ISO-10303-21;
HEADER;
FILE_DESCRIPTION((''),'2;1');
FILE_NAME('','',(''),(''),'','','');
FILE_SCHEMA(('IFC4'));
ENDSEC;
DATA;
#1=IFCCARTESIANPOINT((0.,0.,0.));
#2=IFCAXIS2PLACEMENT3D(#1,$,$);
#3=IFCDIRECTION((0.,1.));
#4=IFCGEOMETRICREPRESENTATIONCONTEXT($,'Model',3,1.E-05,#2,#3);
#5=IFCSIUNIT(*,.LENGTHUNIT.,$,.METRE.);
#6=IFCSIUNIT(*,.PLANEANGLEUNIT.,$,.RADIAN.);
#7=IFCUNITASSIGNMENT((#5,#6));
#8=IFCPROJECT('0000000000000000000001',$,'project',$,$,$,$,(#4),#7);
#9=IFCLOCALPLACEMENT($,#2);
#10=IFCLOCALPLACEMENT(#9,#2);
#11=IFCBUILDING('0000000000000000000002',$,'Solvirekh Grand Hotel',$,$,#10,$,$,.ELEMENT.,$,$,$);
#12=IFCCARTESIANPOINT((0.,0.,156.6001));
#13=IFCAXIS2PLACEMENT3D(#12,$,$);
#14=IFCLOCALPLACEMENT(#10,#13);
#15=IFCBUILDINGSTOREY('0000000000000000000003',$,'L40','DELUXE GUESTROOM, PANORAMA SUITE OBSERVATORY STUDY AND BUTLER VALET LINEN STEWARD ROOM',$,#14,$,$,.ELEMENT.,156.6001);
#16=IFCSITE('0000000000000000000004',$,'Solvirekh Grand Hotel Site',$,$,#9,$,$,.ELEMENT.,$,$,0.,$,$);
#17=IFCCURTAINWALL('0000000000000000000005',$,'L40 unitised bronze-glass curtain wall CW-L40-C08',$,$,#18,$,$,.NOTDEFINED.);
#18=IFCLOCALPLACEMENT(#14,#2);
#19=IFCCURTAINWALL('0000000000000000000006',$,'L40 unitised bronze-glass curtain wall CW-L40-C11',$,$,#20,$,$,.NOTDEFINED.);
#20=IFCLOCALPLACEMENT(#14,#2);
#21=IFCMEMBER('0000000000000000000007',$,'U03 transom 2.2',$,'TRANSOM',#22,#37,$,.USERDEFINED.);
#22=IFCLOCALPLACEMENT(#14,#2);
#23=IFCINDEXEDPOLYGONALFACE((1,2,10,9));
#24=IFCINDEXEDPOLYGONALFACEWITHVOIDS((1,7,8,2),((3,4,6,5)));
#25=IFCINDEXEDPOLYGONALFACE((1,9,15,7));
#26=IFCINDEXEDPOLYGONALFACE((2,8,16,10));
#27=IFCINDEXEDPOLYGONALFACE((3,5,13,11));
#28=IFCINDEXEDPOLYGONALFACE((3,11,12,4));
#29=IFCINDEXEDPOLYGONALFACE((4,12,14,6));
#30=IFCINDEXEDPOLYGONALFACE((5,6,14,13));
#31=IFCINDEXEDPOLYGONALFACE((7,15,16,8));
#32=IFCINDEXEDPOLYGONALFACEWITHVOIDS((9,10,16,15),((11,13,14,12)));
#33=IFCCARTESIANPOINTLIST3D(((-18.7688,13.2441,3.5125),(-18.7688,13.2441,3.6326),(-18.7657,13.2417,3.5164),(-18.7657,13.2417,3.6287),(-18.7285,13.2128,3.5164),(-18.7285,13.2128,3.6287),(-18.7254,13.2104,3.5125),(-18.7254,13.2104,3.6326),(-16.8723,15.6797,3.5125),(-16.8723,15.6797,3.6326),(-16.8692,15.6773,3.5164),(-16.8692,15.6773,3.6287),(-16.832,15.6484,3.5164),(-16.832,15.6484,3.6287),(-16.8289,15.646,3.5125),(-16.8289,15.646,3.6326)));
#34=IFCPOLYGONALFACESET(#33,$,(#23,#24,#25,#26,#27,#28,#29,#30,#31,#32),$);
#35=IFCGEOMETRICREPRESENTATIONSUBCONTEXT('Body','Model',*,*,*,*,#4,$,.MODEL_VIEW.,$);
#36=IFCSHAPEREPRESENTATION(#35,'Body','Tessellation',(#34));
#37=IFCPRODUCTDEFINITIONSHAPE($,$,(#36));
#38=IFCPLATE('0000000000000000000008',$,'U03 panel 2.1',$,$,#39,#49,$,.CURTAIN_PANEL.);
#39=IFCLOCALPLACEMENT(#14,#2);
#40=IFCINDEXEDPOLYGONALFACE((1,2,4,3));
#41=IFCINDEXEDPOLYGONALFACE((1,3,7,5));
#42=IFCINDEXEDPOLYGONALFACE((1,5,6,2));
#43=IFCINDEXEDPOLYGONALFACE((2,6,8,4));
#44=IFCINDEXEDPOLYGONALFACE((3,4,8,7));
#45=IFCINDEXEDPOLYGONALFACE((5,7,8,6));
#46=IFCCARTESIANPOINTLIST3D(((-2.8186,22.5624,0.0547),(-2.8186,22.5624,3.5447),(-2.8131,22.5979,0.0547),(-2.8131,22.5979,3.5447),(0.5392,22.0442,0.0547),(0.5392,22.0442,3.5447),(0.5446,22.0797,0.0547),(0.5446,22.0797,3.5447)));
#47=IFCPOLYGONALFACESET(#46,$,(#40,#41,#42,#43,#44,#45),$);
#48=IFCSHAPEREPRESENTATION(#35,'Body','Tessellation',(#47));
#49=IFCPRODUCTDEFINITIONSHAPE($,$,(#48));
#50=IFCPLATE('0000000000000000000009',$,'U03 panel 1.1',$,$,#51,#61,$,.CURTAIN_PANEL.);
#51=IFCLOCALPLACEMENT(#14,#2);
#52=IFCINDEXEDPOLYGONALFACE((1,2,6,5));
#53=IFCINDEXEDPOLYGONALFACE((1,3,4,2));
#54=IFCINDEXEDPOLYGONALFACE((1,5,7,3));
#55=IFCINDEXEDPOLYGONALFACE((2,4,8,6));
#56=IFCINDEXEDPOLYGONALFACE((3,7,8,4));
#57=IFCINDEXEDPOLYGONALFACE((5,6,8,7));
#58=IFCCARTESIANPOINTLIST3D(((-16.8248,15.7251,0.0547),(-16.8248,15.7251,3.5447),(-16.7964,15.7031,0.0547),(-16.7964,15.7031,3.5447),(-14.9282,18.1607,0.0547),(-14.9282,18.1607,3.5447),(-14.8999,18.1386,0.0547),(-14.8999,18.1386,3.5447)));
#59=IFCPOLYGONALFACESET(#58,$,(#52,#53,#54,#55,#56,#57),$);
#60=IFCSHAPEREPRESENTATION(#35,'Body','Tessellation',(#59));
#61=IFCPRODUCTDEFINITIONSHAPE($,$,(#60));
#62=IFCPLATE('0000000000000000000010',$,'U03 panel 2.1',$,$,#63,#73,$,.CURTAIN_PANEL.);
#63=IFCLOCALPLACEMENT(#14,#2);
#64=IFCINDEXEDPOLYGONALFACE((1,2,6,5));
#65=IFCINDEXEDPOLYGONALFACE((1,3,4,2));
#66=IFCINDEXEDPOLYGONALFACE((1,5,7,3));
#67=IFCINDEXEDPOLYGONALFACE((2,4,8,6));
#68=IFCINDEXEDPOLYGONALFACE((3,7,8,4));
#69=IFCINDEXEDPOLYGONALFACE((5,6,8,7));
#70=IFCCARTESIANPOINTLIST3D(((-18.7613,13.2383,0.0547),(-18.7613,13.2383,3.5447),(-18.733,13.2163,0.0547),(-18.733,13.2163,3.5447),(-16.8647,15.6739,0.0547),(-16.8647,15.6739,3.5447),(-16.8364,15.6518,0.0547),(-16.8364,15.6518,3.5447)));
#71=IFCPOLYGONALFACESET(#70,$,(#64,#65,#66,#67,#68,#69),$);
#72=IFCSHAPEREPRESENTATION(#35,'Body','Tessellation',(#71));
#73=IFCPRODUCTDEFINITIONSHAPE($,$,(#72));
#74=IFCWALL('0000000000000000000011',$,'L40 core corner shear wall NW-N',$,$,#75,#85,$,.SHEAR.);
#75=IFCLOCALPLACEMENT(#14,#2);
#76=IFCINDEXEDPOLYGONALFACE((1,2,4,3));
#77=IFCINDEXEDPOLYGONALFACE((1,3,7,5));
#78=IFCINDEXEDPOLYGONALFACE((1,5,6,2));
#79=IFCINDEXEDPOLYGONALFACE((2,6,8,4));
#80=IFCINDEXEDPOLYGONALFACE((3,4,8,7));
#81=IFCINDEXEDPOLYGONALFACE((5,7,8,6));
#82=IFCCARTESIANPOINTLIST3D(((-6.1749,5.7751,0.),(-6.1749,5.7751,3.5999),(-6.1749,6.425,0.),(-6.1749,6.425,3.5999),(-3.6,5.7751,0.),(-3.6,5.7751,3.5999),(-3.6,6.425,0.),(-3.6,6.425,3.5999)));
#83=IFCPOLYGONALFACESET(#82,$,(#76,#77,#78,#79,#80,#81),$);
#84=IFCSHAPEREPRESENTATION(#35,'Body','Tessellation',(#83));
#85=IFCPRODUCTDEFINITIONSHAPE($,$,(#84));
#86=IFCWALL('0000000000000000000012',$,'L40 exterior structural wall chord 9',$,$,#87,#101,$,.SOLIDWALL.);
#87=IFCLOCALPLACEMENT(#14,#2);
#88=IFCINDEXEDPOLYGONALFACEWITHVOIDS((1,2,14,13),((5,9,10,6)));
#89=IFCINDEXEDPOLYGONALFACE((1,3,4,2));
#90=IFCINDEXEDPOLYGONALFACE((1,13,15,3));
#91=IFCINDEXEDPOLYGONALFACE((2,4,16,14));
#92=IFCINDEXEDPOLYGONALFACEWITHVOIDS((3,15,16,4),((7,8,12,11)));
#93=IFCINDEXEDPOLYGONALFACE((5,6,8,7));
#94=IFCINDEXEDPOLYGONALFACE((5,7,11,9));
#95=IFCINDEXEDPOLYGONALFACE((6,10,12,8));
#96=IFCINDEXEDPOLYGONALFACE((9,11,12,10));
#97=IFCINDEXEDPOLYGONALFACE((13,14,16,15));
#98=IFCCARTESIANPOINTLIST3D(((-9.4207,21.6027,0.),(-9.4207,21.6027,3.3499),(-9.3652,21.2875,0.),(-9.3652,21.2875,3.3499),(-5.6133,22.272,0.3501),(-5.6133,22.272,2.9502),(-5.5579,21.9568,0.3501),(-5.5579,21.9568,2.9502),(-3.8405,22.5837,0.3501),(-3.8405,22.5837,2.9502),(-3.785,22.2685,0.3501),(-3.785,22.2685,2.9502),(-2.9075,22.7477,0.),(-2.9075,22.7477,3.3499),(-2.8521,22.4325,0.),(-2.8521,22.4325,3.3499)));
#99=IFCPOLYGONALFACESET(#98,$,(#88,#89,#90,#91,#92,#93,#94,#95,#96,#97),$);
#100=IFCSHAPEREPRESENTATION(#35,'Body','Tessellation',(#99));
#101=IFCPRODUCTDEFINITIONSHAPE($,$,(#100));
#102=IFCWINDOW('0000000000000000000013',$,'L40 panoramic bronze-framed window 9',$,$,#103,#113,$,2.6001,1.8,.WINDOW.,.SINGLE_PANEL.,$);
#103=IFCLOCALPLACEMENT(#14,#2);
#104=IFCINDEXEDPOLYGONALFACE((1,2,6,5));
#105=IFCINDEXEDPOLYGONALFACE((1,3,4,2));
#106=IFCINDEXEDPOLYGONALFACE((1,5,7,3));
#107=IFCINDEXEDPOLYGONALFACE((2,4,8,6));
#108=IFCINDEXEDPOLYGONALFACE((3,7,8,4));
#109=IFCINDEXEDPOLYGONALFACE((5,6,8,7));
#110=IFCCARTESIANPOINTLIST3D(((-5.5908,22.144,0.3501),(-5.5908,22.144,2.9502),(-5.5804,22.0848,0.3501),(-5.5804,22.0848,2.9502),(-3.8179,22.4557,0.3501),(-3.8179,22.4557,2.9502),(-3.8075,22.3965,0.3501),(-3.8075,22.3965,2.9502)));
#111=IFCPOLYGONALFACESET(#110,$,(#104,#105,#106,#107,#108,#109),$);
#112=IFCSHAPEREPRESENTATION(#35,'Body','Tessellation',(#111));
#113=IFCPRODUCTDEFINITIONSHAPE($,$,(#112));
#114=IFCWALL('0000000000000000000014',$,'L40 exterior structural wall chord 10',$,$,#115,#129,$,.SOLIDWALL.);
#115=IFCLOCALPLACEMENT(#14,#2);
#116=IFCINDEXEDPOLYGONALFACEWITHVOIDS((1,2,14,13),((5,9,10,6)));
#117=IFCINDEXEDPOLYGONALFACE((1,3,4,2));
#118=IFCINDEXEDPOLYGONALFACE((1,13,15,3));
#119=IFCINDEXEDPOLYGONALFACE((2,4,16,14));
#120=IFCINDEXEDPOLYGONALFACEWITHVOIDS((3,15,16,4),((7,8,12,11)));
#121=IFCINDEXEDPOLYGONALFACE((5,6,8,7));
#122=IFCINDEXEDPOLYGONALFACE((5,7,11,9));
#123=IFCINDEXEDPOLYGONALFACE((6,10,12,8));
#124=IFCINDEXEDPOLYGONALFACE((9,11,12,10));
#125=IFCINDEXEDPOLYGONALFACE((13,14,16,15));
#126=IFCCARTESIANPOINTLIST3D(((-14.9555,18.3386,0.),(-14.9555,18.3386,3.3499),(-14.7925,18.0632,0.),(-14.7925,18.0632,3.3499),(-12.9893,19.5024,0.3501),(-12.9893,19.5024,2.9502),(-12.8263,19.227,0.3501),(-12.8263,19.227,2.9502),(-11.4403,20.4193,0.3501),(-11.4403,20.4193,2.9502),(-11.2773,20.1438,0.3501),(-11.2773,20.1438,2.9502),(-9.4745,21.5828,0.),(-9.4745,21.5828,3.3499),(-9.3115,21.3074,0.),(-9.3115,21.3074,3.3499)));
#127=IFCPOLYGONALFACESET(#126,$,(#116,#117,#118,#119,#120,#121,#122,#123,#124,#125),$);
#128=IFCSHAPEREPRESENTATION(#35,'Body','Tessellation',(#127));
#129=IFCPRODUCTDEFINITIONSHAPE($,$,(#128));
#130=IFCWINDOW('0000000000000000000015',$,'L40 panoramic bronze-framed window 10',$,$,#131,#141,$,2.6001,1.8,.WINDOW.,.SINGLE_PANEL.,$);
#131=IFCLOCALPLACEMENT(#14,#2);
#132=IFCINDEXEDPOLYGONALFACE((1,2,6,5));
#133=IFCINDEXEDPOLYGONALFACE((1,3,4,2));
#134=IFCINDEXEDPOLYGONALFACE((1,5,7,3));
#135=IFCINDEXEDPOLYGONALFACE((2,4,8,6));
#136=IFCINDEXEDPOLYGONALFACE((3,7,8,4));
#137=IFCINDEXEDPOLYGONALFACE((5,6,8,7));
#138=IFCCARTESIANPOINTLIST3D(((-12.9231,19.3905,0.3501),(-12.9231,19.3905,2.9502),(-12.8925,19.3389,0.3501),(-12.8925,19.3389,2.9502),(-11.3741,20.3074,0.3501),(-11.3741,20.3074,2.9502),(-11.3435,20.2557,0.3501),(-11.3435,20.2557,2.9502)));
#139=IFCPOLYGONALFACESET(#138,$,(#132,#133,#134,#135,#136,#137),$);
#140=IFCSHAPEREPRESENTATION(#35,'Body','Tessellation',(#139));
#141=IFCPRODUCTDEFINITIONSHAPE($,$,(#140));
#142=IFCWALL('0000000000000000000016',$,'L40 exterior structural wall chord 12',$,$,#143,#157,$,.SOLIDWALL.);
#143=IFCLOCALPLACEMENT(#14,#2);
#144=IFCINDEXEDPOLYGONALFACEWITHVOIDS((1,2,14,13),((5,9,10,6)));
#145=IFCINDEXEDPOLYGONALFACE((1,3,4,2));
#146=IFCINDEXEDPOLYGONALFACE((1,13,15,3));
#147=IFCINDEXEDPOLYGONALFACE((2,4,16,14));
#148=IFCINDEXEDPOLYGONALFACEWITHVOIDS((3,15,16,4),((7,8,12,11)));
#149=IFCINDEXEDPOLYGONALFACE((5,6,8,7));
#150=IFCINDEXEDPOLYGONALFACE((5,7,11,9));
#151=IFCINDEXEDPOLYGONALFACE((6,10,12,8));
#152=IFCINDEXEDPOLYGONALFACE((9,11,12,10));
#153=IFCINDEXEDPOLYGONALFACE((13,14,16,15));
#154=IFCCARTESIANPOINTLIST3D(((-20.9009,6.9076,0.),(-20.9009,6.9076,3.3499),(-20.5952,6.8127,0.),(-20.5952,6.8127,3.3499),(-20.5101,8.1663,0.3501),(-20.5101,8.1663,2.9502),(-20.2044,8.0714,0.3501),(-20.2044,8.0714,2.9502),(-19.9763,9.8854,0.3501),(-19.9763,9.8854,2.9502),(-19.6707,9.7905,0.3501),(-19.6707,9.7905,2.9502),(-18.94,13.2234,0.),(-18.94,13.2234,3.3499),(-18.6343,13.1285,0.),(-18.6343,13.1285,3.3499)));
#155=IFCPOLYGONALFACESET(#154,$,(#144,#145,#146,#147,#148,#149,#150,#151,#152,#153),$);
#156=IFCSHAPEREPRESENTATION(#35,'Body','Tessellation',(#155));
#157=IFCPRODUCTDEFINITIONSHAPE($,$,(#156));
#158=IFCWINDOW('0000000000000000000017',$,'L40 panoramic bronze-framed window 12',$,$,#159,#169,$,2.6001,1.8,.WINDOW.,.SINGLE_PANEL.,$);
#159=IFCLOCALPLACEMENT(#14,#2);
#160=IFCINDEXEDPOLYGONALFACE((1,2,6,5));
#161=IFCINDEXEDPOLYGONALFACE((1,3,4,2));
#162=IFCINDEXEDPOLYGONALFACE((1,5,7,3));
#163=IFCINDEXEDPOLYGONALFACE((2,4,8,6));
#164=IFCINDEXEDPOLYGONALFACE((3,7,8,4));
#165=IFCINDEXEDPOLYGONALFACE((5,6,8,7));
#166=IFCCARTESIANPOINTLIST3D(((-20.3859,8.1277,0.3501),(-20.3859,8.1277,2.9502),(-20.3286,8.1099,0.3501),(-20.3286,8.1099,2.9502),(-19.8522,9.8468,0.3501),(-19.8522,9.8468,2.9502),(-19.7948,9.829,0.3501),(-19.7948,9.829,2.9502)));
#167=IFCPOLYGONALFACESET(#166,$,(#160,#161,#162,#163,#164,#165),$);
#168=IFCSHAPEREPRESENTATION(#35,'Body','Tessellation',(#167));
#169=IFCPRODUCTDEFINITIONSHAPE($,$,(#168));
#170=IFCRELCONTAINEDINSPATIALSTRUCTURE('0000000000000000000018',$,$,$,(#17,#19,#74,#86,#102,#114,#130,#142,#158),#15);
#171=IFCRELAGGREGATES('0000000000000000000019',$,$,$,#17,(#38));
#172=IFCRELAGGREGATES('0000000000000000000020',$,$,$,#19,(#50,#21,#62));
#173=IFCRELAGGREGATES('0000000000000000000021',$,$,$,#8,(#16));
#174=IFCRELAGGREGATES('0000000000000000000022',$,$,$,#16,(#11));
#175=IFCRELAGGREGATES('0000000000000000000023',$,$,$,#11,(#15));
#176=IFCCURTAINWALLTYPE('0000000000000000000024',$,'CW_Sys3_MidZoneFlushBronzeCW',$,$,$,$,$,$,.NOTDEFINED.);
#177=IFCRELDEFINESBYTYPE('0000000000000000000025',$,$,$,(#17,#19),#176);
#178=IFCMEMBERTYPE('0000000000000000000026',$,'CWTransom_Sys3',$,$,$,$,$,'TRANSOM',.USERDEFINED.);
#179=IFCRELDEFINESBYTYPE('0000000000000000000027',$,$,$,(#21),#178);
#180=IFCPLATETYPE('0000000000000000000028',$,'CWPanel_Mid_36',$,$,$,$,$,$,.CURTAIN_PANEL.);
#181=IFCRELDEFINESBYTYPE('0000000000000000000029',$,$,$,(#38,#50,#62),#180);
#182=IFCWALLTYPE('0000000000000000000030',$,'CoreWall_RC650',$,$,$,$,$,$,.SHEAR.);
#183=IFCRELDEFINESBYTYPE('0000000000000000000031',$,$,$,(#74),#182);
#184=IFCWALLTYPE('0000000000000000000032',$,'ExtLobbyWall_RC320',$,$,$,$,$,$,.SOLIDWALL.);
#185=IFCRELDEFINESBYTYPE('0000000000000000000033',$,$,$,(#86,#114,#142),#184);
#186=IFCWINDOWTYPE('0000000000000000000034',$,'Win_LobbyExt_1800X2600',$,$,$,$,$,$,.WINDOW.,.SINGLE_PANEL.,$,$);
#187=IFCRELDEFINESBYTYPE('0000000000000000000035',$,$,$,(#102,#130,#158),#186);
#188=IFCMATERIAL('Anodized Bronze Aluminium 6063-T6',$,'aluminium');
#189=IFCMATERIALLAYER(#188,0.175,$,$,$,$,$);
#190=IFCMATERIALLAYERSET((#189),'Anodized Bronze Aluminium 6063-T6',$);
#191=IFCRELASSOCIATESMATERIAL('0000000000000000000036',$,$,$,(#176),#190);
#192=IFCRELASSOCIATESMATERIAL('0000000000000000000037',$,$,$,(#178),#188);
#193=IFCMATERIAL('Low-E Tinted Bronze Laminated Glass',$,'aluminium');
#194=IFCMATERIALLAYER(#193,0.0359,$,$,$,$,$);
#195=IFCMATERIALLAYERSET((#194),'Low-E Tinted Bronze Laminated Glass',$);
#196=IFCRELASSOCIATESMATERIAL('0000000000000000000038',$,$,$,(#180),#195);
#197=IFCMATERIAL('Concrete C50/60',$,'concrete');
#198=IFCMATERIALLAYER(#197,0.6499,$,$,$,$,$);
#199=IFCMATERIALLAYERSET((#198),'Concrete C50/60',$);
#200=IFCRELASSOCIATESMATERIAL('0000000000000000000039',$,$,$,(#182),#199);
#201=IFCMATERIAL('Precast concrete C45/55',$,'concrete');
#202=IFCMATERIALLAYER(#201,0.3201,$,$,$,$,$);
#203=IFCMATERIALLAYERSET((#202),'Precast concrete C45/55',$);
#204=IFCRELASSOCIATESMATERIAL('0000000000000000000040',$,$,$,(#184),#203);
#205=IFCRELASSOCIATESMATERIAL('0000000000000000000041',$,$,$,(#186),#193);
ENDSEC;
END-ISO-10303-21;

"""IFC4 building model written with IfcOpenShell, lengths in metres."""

from ifc_helpers import new_model, si_unit, direction, frame, frame_2d, origin, origin_2d, place, context, subcontext, project, spatial, rectangle, hollow_rectangle, extrude, source, transform, mapped, material, layer, layer_set, material_profile, profile_set, type_object, element, fill, aggregate, save


model = new_model("IFC4")

# Units and contexts
model_context = context("Model", 3, precision=1e-05, world=origin(), true_north=direction((0.0, 1.0)))
body_context = subcontext(model_context, "Body", "Model", "MODEL_VIEW")
ifc_project = project(units=[si_unit("LENGTHUNIT", "METRE"), si_unit("PLANEANGLEUNIT", "RADIAN")], contexts=[model_context])

# Site, building, storey
site_placement = place(None, origin())
site = spatial("IfcSite", under=ifc_project, at=site_placement, Name="Solvirekh Grand Hotel Site", CompositionType="ELEMENT", RefElevation=0.0)
building_placement = place(site_placement, origin())
building = spatial("IfcBuilding", under=site, at=building_placement, Name="Solvirekh Grand Hotel", CompositionType="ELEMENT")
storey_placement = place(building_placement, frame((0.0, 0.0, 156.6001)))
storey = spatial("IfcBuildingStorey", under=building, at=storey_placement, Name="L40", Description="DELUXE GUESTROOM, PANORAMA SUITE OBSERVATORY STUDY AND BUTLER VALET LINEN STEWARD ROOM", CompositionType="ELEMENT", Elevation=156.6001)

# Shared definitions
ifc_material_1 = material(Name="Concrete C50/60", Category="concrete")

# Curtain wall
ifc_material_2 = material(Name="Anodized Bronze Aluminium 6063-T6", Category="aluminium")
ifc_layer_1 = layer(ifc_material_2, 0.175)
ifc_layer_set_1 = layer_set([ifc_layer_1], Name="Anodized Bronze Aluminium 6063-T6")
curtain_wall_type = type_object("IfcCurtainWallType", Name="CW_Sys3_MidZoneFlushBronzeCW", PredefinedType="NOTDEFINED", material=ifc_layer_set_1)
curtain_wall_1_placement = place(storey_placement, origin())
curtain_wall_1 = element("IfcCurtainWall", 1, at=curtain_wall_1_placement, inside=storey, type_object=curtain_wall_type, Name="L40 unitised bronze-glass curtain wall CW-L40-C08", PredefinedType="NOTDEFINED")

# Curtain wall
curtain_wall_2_placement = place(storey_placement, origin())
curtain_wall_2 = element("IfcCurtainWall", 2, at=curtain_wall_2_placement, inside=storey, type_object=curtain_wall_type, Name="L40 unitised bronze-glass curtain wall CW-L40-C11", PredefinedType="NOTDEFINED")
ifc_material_profile_1 = material_profile(ifc_material_2, hollow_rectangle(XDim=0.0549, YDim=0.1201, WallThickness=0.0039, at=origin_2d()), Name="ALU RHS 120X55X4")
ifc_profile_set_1 = profile_set([ifc_material_profile_1], Name="Anodized Bronze Aluminium 6063-T6")
member_type_1 = type_object("IfcMemberType", Name="CWTransom_Sys3", ElementType="TRANSOM", PredefinedType="USERDEFINED", material=ifc_profile_set_1)

# Member
shared_shape_1 = source(origin(), body_context, "Body", "SweptSolid", [
    extrude(hollow_rectangle(XDim=0.0549, YDim=0.1201, WallThickness=0.0039, at=origin_2d()), origin(), (0.0, 0.0, 1.0), 3.0869),
])
member_1_placement = place(storey_placement, frame((-16.8506, 15.6628, 3.5725), z_axis=(-0.614379, -0.789011, 0.0), x_axis=(0.789011, -0.614379, 0.0)))
member_1 = element("IfcMember", 3, at=member_1_placement, type_object=member_type_1, Name="U03 transom 2.2", ObjectType="TRANSOM", PredefinedType="USERDEFINED", context=body_context, shape_type="MappedRepresentation", body=[
    mapped(shared_shape_1, transform((0.0, 0.0, 0.0), x_axis=(1.0, 0.0, 0.0), y_axis=(0.0, 1.0, 0.0), z_axis=(0.0, 0.0, 1.0), scale=1.0)),
])

# Plates
ifc_material_3 = material(Name="Low-E Tinted Bronze Laminated Glass", Category="aluminium")
ifc_layer_2 = layer(ifc_material_3, 0.0359)
ifc_layer_set_2 = layer_set([ifc_layer_2], Name="Low-E Tinted Bronze Laminated Glass")
plate_type = type_object("IfcPlateType", Name="CWPanel_Mid_36", PredefinedType="CURTAIN_PANEL", material=ifc_layer_set_2)
shared_shape_2 = source(origin(), body_context, "Body", "SweptSolid", [
    extrude(rectangle(XDim=3.3975, YDim=0.0359, at=origin_2d()), origin(), (0.0, 0.0, 1.0), 3.49),
])
plate_1_placement = place(storey_placement, frame((-1.137, 22.321, 0.0547), z_axis=(0.0, 0.0, 1.0), x_axis=(-0.988302, 0.152509, 0.0)))
plate_1 = element("IfcPlate", 4, at=plate_1_placement, type_object=plate_type, Name="U03 panel 2.1", PredefinedType="CURTAIN_PANEL", context=body_context, shape_type="MappedRepresentation", body=[
    mapped(shared_shape_2, transform((0.0, 0.0, 0.0), x_axis=(1.0, 0.0, 0.0), y_axis=(0.0, 1.0, 0.0), z_axis=(0.0, 0.0, 1.0), scale=1.0)),
])
aggregate(curtain_wall_1, [plate_1])
shared_shape_3 = source(origin(), body_context, "Body", "SweptSolid", [
    extrude(rectangle(XDim=3.0869, YDim=0.0359, at=origin_2d()), origin(), (0.0, 0.0, 1.0), 3.49),
])
plate_2_placement = place(storey_placement, frame((-15.8623, 16.9319, 0.0547), z_axis=(0.0, 0.0, 1.0), x_axis=(-0.614397, -0.788997, 0.0)))
plate_2 = element("IfcPlate", 5, at=plate_2_placement, type_object=plate_type, Name="U03 panel 1.1", PredefinedType="CURTAIN_PANEL", context=body_context, shape_type="MappedRepresentation", body=[
    mapped(shared_shape_3, transform((0.0, 0.0, 0.0), x_axis=(1.0, 0.0, 0.0), y_axis=(0.0, 1.0, 0.0), z_axis=(0.0, 0.0, 1.0), scale=1.0)),
])
plate_3_placement = place(storey_placement, frame((-17.7988, 14.4451, 0.0547), z_axis=(0.0, 0.0, 1.0), x_axis=(-0.614397, -0.788997, 0.0)))
plate_3 = element("IfcPlate", 6, at=plate_3_placement, type_object=plate_type, Name="U03 panel 2.1", PredefinedType="CURTAIN_PANEL", context=body_context, shape_type="MappedRepresentation", body=[
    mapped(shared_shape_3, transform((0.0, 0.0, 0.0), x_axis=(1.0, 0.0, 0.0), y_axis=(0.0, 1.0, 0.0), z_axis=(0.0, 0.0, 1.0), scale=1.0)),
])
aggregate(curtain_wall_2, [plate_2, member_1, plate_3])

# Wall
ifc_layer_3 = layer(ifc_material_1, 0.6499)
ifc_layer_set_3 = layer_set([ifc_layer_3], Name="Concrete C50/60")
wall_type_1 = type_object("IfcWallType", Name="CoreWall_RC650", PredefinedType="SHEAR", material=ifc_layer_set_3)
wall_1_placement = place(storey_placement, frame((-6.175, 6.1001, 0.0), z_axis=(0.0, 0.0, 1.0), x_axis=(1.0, 0.0, 0.0)))
element("IfcWall", 7, at=wall_1_placement, inside=storey, type_object=wall_type_1, Name="L40 core corner shear wall NW-N", PredefinedType="SHEAR", context=body_context, shape_type="SweptSolid", body=[
    extrude(rectangle(XDim=2.575, YDim=0.6499, at=frame_2d((1.2876, 0.0))), origin(), (0.0, 0.0, 1.0), 3.5999),
])

# Walls, openings, windows
ifc_material_4 = material(Name="Precast concrete C45/55", Category="concrete")
ifc_layer_4 = layer(ifc_material_4, 0.3201)
ifc_layer_set_4 = layer_set([ifc_layer_4], Name="Precast concrete C45/55")
wall_type_2 = type_object("IfcWallType", Name="ExtLobbyWall_RC320", PredefinedType="SOLIDWALL", material=ifc_layer_set_4)
wall_2_placement = place(storey_placement, frame((-9.3931, 21.4451, 0.0), z_axis=(0.0, 0.0, 1.0), x_axis=(0.984896, 0.173145, 0.0)))
wall_2 = element("IfcWall", 8, at=wall_2_placement, inside=storey, type_object=wall_type_2, Name="L40 exterior structural wall chord 9", PredefinedType="SOLIDWALL", context=body_context, shape_type="SweptSolid", body=[
    extrude(rectangle(XDim=6.613, YDim=0.3201, at=frame_2d((3.3066, 0.0))), origin(), (0.0, 0.0, 1.0), 3.3499),
])
opening_1_placement = place(wall_2_placement, frame((3.866, 0.0, 0.3501)))
opening_1 = element("IfcOpeningElement", 9, at=opening_1_placement, cuts=wall_2, PredefinedType="OPENING", context=body_context, shape_type="SweptSolid", body=[
    extrude(rectangle(XDim=1.8, YDim=2.6001, at=frame_2d((0.8999, 1.3))), frame((0.0, 0.1699, 0.0), z_axis=(0.0, -1.0, 0.0), x_axis=(1.0, 0.0, 0.0)), (0.0, 0.0, 1.0), 0.3401),
])
window_type = type_object("IfcWindowType", Name="Win_LobbyExt_1800X2600", PartitioningType="SINGLE_PANEL", PredefinedType="WINDOW", material=ifc_material_3)
window_1_placement = place(opening_1_placement, origin())
window_1 = element("IfcWindow", 10, at=window_1_placement, inside=storey, type_object=window_type, Name="L40 panoramic bronze-framed window 9", OverallHeight=2.6001, OverallWidth=1.8, PartitioningType="SINGLE_PANEL", PredefinedType="WINDOW", context=body_context, shape_type="SweptSolid", body=[
    extrude(rectangle(XDim=1.8, YDim=2.6001, at=frame_2d((0.8999, 1.3))), frame((0.0, 0.03, 0.0), z_axis=(0.0, -1.0, 0.0), x_axis=(1.0, 0.0, 0.0)), (0.0, 0.0, 1.0), 0.0601),
])
fill(opening_1, window_1)
wall_3_placement = place(storey_placement, frame((-14.874, 18.2009, 0.0), z_axis=(0.0, 0.0, 1.0), x_axis=(0.860555, 0.509357, 0.0)))
wall_3 = element("IfcWall", 11, at=wall_3_placement, inside=storey, type_object=wall_type_2, Name="L40 exterior structural wall chord 10", PredefinedType="SOLIDWALL", context=body_context, shape_type="SweptSolid", body=[
    extrude(rectangle(XDim=6.3691, YDim=0.3201, at=frame_2d((3.1846, 0.0))), origin(), (0.0, 0.0, 1.0), 3.3499),
])
opening_2_placement = place(wall_3_placement, frame((2.2849, 0.0, 0.3501)))
opening_2 = element("IfcOpeningElement", 12, at=opening_2_placement, cuts=wall_3, PredefinedType="OPENING", context=body_context, shape_type="SweptSolid", body=[
    extrude(rectangle(XDim=1.8, YDim=2.6001, at=frame_2d((0.8999, 1.3))), frame((0.0, 0.1699, 0.0), z_axis=(0.0, -1.0, 0.0), x_axis=(1.0, 0.0, 0.0)), (0.0, 0.0, 1.0), 0.3401),
])
window_2_placement = place(opening_2_placement, origin())
window_2 = element("IfcWindow", 13, at=window_2_placement, inside=storey, type_object=window_type, Name="L40 panoramic bronze-framed window 10", OverallHeight=2.6001, OverallWidth=1.8, PartitioningType="SINGLE_PANEL", PredefinedType="WINDOW", context=body_context, shape_type="SweptSolid", body=[
    extrude(rectangle(XDim=1.8, YDim=2.6001, at=frame_2d((0.8999, 1.3))), frame((0.0, 0.03, 0.0), z_axis=(0.0, -1.0, 0.0), x_axis=(1.0, 0.0, 0.0)), (0.0, 0.0, 1.0), 0.0601),
])
fill(opening_2, window_2)
wall_4_placement = place(storey_placement, frame((-20.748, 6.8601, 0.0), z_axis=(0.0, 0.0, 1.0), x_axis=(0.296513, 0.955029, 0.0)))
wall_4 = element("IfcWall", 14, at=wall_4_placement, inside=storey, type_object=wall_type_2, Name="L40 exterior structural wall chord 12", PredefinedType="SOLIDWALL", context=body_context, shape_type="SweptSolid", body=[
    extrude(rectangle(XDim=6.6133, YDim=0.3201, at=frame_2d((3.3066, 0.0))), origin(), (0.0, 0.0, 1.0), 3.3499),
])
opening_3_placement = place(wall_4_placement, frame((1.3181, 0.0, 0.3501)))
opening_3 = element("IfcOpeningElement", 15, at=opening_3_placement, cuts=wall_4, PredefinedType="OPENING", context=body_context, shape_type="SweptSolid", body=[
    extrude(rectangle(XDim=1.8, YDim=2.6001, at=frame_2d((0.8999, 1.3))), frame((0.0, 0.1699, 0.0), z_axis=(0.0, -1.0, 0.0), x_axis=(1.0, 0.0, 0.0)), (0.0, 0.0, 1.0), 0.3401),
])
window_3_placement = place(opening_3_placement, origin())
window_3 = element("IfcWindow", 16, at=window_3_placement, inside=storey, type_object=window_type, Name="L40 panoramic bronze-framed window 12", OverallHeight=2.6001, OverallWidth=1.8, PartitioningType="SINGLE_PANEL", PredefinedType="WINDOW", context=body_context, shape_type="SweptSolid", body=[
    extrude(rectangle(XDim=1.8, YDim=2.6001, at=frame_2d((0.8999, 1.3))), frame((0.0, 0.03, 0.0), z_axis=(0.0, -1.0, 0.0), x_axis=(1.0, 0.0, 0.0)), (0.0, 0.0, 1.0), 0.0601),
])
fill(opening_3, window_3)

save(model, "model.ifc")
